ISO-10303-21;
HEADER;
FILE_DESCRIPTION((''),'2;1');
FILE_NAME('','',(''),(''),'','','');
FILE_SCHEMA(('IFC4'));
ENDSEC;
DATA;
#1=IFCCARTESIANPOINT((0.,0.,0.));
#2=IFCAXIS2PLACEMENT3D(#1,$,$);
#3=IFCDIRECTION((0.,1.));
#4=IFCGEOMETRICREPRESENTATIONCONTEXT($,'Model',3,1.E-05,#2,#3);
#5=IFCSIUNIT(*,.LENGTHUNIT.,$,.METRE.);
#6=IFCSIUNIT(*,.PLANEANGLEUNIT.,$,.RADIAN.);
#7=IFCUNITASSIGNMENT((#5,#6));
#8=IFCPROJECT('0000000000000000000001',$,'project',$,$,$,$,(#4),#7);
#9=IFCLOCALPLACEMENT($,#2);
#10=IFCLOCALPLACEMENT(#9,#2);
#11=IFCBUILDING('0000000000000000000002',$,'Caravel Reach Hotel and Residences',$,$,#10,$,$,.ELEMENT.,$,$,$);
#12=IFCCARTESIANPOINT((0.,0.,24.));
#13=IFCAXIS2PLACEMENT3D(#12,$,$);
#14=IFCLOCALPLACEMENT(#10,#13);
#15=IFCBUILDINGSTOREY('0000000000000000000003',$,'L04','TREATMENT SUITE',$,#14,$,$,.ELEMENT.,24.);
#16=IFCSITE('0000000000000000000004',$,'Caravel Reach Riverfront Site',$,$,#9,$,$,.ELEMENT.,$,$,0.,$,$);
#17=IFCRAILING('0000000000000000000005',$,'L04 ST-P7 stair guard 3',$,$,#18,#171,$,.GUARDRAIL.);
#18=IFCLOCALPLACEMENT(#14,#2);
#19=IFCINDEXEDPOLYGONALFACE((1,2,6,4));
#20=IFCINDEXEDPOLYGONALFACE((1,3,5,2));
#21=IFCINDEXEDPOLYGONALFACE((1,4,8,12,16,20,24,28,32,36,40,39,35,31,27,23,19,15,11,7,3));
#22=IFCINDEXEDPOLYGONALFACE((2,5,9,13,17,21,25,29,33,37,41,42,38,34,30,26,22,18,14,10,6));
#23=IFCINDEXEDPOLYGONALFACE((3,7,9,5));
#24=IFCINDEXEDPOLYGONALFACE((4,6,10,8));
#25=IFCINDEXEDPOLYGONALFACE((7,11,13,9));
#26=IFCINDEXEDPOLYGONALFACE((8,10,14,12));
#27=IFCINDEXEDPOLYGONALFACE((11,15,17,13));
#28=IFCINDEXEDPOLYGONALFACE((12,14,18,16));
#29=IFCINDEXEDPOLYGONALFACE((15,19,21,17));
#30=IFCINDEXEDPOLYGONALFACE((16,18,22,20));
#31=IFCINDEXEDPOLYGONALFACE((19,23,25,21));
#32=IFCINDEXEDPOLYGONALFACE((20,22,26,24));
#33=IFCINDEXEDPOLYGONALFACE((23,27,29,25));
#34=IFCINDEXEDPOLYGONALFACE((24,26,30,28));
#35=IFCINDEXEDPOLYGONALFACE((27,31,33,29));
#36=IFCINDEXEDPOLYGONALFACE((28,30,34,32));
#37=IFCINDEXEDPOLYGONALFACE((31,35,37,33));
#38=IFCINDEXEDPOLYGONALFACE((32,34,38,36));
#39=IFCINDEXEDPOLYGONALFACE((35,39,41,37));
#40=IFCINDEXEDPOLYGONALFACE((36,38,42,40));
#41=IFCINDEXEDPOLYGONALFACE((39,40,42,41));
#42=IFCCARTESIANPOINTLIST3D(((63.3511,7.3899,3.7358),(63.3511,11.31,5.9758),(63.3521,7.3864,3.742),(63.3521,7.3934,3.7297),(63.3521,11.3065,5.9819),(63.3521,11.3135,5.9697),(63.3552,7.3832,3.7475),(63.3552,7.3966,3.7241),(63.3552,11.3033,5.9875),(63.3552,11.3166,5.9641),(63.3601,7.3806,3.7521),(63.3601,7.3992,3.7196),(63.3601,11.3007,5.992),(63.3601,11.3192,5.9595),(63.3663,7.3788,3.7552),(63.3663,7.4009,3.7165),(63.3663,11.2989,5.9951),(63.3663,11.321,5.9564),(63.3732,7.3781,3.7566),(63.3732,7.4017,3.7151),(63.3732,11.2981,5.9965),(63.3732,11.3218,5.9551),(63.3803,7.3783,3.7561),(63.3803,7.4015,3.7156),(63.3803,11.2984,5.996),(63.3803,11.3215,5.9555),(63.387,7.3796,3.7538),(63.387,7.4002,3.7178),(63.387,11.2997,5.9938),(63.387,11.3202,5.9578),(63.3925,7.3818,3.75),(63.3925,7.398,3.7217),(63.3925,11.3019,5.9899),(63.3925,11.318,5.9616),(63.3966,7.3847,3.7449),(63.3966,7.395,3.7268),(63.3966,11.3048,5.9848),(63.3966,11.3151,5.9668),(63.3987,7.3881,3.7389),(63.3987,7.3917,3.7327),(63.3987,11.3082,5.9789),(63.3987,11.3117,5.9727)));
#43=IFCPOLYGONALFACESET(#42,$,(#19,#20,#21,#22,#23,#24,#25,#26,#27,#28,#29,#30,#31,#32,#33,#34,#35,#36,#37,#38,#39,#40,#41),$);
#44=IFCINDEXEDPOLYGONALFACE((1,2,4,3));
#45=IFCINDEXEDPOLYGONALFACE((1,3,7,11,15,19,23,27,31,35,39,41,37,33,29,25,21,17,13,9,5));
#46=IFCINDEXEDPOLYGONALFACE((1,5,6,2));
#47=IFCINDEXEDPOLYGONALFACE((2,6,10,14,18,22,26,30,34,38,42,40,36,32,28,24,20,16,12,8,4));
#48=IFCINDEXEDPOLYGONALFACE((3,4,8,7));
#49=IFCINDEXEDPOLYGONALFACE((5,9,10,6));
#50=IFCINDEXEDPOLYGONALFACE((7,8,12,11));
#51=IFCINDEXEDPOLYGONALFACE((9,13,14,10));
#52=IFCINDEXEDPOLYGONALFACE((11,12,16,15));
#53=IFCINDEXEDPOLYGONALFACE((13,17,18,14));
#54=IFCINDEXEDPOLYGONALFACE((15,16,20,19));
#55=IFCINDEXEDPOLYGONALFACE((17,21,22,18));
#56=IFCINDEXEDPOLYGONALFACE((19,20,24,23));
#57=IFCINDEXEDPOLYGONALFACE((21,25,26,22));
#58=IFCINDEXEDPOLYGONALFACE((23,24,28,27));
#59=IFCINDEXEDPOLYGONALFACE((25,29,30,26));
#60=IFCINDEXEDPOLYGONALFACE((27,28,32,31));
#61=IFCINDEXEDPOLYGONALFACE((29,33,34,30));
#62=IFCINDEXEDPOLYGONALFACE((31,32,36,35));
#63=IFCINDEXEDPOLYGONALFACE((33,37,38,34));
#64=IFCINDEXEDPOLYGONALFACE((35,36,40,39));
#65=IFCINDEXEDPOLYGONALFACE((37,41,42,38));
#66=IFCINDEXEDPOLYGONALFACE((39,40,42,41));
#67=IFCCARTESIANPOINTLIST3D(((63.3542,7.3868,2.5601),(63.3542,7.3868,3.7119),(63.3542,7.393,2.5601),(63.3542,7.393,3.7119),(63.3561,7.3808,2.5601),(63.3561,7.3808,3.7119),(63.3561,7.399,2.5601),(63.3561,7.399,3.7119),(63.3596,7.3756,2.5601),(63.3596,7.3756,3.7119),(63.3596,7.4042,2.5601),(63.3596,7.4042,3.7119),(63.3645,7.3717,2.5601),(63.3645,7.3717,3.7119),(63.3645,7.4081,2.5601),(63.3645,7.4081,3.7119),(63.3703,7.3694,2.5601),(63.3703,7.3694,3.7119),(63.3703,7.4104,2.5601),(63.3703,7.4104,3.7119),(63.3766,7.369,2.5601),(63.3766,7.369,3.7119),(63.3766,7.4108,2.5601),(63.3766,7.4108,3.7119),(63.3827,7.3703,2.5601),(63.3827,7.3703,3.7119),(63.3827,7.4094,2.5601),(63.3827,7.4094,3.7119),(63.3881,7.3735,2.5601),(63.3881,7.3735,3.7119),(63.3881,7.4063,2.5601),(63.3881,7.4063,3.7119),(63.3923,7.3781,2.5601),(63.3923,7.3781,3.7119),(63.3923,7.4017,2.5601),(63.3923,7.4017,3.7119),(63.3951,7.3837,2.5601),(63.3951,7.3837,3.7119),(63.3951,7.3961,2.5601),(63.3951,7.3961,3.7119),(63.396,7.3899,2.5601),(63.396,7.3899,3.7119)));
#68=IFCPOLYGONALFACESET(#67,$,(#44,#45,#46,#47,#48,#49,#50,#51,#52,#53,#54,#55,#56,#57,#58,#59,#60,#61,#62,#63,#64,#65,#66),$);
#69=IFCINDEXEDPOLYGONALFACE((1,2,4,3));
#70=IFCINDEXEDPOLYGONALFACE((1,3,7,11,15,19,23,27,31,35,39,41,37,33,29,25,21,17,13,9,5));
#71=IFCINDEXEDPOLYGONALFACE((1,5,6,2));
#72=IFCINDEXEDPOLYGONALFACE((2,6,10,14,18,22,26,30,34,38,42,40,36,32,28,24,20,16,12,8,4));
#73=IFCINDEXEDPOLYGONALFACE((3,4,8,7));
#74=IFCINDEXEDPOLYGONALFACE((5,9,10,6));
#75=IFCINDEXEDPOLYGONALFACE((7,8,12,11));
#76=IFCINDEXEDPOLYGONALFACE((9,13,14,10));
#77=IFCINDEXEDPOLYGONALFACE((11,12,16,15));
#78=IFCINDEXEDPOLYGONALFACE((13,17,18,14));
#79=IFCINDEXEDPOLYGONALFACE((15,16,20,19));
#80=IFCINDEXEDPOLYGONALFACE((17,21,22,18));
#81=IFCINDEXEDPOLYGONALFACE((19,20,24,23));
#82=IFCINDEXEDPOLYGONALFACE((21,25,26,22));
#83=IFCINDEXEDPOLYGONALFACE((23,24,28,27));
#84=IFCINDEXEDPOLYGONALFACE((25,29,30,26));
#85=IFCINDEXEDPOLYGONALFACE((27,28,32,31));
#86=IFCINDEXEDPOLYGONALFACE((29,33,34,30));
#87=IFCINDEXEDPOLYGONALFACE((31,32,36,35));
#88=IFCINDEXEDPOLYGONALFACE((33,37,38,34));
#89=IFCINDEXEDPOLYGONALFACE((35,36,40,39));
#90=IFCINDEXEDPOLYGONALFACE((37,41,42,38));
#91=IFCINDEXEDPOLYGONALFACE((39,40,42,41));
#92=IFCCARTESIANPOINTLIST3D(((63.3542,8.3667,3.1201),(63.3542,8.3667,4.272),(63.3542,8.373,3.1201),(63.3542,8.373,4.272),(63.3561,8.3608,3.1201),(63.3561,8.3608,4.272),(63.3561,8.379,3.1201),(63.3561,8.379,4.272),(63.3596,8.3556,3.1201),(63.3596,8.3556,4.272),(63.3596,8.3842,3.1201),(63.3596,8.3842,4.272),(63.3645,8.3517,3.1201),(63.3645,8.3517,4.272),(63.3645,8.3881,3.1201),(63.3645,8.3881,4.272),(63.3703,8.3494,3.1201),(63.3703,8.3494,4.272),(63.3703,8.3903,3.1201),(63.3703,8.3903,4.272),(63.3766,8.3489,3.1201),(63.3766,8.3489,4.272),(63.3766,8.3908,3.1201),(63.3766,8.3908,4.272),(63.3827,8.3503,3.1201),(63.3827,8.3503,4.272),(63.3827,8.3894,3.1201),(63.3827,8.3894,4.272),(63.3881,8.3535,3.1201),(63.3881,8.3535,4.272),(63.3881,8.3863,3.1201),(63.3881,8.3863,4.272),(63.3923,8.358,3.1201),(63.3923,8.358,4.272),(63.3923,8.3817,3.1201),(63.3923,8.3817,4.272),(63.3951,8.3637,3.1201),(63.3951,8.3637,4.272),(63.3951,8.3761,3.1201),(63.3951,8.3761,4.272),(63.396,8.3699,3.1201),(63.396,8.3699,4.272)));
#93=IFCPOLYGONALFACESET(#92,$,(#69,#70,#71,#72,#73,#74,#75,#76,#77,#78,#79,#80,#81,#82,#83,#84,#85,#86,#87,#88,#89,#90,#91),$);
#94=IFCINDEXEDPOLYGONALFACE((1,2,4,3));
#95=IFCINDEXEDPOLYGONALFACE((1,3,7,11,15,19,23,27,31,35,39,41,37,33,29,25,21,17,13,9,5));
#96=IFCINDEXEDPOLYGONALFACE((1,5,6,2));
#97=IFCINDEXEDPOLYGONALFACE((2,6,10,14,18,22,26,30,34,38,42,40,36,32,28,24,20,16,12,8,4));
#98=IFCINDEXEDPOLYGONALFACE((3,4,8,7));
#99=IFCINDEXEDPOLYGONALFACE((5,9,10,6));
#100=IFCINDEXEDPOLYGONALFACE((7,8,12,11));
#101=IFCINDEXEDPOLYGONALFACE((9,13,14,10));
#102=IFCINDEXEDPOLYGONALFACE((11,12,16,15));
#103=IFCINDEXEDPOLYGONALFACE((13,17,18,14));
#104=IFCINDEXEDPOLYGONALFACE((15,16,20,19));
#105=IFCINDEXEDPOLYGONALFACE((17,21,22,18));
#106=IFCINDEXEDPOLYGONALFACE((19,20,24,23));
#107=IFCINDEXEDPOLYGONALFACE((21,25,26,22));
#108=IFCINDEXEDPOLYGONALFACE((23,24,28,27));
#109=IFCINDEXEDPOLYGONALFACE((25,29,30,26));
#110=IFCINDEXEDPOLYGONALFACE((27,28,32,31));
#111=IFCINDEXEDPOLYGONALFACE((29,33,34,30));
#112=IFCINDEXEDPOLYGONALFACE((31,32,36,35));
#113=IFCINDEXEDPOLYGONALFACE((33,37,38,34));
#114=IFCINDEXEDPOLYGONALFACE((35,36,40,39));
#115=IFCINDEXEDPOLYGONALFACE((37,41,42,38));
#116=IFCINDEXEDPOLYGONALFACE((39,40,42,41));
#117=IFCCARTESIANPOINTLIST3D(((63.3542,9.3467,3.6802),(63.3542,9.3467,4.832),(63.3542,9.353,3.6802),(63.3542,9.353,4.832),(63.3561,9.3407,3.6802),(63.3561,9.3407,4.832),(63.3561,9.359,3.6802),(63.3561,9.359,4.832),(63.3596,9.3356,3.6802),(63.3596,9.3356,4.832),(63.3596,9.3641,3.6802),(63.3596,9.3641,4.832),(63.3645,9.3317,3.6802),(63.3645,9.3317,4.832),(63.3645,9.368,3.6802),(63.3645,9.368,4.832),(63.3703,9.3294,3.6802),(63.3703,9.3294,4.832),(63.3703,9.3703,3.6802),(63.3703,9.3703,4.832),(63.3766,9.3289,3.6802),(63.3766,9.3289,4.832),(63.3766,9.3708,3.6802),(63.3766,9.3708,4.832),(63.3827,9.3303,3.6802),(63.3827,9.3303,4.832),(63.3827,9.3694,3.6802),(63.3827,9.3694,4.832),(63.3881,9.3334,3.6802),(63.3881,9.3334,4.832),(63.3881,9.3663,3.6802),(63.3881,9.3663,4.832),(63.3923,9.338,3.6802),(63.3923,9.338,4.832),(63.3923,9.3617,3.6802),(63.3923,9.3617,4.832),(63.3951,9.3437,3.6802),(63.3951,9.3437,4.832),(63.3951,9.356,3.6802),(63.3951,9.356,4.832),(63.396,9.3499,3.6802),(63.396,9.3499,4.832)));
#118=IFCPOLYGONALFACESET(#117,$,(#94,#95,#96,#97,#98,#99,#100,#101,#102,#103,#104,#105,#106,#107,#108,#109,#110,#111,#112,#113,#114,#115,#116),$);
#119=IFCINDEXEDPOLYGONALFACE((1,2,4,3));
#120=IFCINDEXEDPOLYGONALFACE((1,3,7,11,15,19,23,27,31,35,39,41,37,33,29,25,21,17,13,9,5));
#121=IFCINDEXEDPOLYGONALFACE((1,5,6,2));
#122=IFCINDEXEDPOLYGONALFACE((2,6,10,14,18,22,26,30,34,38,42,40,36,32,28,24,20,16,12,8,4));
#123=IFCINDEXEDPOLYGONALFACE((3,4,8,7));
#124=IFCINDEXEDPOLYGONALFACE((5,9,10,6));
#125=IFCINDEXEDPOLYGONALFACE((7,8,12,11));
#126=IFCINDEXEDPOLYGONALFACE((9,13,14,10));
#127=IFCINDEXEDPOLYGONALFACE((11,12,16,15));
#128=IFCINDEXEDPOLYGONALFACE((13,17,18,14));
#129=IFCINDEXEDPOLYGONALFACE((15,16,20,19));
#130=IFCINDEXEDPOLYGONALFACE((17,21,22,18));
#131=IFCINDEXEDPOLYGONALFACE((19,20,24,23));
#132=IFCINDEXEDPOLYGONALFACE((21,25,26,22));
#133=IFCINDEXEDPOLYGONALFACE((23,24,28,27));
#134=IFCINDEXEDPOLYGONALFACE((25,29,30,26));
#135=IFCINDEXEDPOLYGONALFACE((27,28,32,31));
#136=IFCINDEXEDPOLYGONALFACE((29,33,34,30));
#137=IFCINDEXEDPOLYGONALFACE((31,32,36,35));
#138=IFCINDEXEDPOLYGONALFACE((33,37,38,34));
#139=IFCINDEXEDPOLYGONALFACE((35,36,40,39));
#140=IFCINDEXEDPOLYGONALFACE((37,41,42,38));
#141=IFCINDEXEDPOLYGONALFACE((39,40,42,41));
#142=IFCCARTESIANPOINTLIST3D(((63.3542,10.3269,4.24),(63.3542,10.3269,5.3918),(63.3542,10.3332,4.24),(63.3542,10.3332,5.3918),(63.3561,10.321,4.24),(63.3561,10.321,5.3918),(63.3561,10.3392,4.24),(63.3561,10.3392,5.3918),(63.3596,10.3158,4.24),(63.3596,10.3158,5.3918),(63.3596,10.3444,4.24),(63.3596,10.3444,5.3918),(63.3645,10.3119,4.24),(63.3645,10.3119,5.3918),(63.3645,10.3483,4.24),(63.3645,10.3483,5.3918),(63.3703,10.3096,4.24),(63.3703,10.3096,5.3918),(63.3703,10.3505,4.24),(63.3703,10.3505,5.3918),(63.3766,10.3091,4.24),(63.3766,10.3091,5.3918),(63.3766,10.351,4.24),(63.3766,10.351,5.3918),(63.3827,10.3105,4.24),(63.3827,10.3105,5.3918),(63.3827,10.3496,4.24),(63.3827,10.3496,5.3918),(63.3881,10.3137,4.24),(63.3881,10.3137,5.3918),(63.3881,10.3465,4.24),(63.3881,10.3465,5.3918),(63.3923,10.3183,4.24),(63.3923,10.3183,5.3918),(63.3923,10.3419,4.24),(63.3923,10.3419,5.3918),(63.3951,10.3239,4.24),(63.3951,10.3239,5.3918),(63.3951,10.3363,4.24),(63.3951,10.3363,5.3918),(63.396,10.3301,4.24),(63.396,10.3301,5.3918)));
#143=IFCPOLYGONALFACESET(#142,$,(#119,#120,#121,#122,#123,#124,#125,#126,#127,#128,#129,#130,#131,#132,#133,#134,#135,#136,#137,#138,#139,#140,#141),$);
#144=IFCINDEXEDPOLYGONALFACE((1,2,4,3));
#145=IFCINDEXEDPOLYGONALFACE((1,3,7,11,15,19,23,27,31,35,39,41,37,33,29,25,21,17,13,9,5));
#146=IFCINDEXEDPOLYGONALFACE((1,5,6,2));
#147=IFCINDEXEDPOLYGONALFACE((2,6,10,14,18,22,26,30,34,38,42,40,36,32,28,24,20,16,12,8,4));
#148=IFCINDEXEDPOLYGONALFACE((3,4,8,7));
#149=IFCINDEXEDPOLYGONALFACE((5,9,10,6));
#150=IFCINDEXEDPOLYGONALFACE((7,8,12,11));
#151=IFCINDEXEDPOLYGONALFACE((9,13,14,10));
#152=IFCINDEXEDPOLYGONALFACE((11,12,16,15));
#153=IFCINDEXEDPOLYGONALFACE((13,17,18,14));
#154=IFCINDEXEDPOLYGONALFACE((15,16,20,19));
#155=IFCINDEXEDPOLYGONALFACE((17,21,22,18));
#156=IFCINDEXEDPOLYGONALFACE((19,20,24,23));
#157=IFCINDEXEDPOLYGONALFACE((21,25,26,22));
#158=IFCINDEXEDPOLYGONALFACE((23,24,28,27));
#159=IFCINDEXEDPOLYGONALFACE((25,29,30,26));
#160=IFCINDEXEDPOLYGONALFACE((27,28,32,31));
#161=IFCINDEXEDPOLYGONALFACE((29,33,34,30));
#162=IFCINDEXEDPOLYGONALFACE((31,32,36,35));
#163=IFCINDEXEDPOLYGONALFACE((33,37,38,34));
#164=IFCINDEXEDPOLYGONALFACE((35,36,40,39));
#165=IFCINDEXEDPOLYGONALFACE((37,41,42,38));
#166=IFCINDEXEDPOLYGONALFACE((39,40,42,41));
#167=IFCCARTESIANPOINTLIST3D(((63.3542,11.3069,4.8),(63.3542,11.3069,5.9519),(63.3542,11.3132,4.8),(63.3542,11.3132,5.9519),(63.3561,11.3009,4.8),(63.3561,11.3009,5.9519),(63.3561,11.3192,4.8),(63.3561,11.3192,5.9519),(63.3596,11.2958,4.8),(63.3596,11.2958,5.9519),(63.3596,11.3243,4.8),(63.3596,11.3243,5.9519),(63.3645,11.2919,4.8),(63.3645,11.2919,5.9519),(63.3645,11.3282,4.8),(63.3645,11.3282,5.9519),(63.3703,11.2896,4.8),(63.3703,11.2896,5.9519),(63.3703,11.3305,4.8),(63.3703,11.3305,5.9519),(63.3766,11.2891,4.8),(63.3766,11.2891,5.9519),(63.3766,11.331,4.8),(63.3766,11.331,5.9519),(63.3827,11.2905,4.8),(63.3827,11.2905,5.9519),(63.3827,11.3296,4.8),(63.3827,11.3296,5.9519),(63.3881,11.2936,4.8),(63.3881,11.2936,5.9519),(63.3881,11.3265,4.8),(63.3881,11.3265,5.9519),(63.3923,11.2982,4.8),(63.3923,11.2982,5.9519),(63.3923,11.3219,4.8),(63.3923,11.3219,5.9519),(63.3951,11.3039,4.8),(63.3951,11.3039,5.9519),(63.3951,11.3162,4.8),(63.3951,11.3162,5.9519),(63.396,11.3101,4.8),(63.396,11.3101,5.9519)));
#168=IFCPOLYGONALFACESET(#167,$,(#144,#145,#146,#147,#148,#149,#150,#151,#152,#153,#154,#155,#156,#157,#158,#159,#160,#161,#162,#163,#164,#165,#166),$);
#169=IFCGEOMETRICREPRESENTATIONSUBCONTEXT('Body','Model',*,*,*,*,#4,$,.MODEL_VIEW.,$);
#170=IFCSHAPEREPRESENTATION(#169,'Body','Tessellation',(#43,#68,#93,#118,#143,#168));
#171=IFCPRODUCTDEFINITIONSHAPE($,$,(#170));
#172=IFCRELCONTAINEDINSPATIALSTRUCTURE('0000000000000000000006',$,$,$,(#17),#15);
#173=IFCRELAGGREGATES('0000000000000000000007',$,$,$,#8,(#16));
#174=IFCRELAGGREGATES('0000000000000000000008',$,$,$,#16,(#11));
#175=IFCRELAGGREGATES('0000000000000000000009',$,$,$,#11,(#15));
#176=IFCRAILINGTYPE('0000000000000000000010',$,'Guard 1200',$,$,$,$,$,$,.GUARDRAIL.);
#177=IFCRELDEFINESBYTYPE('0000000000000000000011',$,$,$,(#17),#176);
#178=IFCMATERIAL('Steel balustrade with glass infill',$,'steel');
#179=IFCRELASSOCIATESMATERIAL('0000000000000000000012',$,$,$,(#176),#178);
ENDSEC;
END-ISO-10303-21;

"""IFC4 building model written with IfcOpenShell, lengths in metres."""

from ifc_helpers import new_model, si_unit, direction, frame, origin, origin_2d, place, context, subcontext, project, spatial, circle, extrude, material, type_object, element, save


model = new_model("IFC4")

# Units and contexts
model_context = context("Model", 3, precision=1e-05, world=origin(), true_north=direction((0.0, 1.0)))
body_context = subcontext(model_context, "Body", "Model", "MODEL_VIEW")
ifc_project = project(units=[si_unit("LENGTHUNIT", "METRE"), si_unit("PLANEANGLEUNIT", "RADIAN")], contexts=[model_context])

# Site, building, storey
site_placement = place(None, origin())
site = spatial("IfcSite", under=ifc_project, at=site_placement, Name="Caravel Reach Riverfront Site", CompositionType="ELEMENT", RefElevation=0.0)
building_placement = place(site_placement, origin())
building = spatial("IfcBuilding", under=site, at=building_placement, Name="Caravel Reach Hotel and Residences", CompositionType="ELEMENT")
storey_placement = place(building_placement, frame((0.0, 0.0, 24.0)))
storey = spatial("IfcBuildingStorey", under=building, at=storey_placement, Name="L04", Description="TREATMENT SUITE", CompositionType="ELEMENT", Elevation=24.0)

# Railing
ifc_material_1 = material(Name="Steel balustrade with glass infill", Category="steel")
railing_type_1 = type_object("IfcRailingType", Name="Guard 1200", PredefinedType="GUARDRAIL", material=ifc_material_1)
railing_1_placement = place(storey_placement, frame((63.375, 7.3899, 2.5601)))
element("IfcRailing", 1, at=railing_1_placement, inside=storey, type_object=railing_type_1, Name="L04 ST-P7 stair guard 3", PredefinedType="GUARDRAIL", context=body_context, shape_type="SweptSolid", body=[
    extrude(circle(Radius=0.0239, at=origin_2d()), frame((0.0, 0.0, 1.1758), z_axis=(0.0, 0.868253, 0.496121), x_axis=(-1.0, 0.0, 0.0)), (0.0, 0.0, 1.0), 4.5149),
    extrude(circle(Radius=0.021, at=origin_2d()), origin(), (0.0, 0.0, 1.0), 1.1519),
    extrude(circle(Radius=0.021, at=origin_2d()), frame((0.0, 0.98, 0.5601)), (0.0, 0.0, 1.0), 1.1519),
    extrude(circle(Radius=0.021, at=origin_2d()), frame((0.0, 1.96, 1.1201)), (0.0, 0.0, 1.0), 1.1519),
    extrude(circle(Radius=0.021, at=origin_2d()), frame((0.0, 2.9402, 1.6799)), (0.0, 0.0, 1.0), 1.1519),
    extrude(circle(Radius=0.021, at=origin_2d()), frame((0.0, 3.9202, 2.24)), (0.0, 0.0, 1.0), 1.1519),
])

save(model, "model.ifc")
